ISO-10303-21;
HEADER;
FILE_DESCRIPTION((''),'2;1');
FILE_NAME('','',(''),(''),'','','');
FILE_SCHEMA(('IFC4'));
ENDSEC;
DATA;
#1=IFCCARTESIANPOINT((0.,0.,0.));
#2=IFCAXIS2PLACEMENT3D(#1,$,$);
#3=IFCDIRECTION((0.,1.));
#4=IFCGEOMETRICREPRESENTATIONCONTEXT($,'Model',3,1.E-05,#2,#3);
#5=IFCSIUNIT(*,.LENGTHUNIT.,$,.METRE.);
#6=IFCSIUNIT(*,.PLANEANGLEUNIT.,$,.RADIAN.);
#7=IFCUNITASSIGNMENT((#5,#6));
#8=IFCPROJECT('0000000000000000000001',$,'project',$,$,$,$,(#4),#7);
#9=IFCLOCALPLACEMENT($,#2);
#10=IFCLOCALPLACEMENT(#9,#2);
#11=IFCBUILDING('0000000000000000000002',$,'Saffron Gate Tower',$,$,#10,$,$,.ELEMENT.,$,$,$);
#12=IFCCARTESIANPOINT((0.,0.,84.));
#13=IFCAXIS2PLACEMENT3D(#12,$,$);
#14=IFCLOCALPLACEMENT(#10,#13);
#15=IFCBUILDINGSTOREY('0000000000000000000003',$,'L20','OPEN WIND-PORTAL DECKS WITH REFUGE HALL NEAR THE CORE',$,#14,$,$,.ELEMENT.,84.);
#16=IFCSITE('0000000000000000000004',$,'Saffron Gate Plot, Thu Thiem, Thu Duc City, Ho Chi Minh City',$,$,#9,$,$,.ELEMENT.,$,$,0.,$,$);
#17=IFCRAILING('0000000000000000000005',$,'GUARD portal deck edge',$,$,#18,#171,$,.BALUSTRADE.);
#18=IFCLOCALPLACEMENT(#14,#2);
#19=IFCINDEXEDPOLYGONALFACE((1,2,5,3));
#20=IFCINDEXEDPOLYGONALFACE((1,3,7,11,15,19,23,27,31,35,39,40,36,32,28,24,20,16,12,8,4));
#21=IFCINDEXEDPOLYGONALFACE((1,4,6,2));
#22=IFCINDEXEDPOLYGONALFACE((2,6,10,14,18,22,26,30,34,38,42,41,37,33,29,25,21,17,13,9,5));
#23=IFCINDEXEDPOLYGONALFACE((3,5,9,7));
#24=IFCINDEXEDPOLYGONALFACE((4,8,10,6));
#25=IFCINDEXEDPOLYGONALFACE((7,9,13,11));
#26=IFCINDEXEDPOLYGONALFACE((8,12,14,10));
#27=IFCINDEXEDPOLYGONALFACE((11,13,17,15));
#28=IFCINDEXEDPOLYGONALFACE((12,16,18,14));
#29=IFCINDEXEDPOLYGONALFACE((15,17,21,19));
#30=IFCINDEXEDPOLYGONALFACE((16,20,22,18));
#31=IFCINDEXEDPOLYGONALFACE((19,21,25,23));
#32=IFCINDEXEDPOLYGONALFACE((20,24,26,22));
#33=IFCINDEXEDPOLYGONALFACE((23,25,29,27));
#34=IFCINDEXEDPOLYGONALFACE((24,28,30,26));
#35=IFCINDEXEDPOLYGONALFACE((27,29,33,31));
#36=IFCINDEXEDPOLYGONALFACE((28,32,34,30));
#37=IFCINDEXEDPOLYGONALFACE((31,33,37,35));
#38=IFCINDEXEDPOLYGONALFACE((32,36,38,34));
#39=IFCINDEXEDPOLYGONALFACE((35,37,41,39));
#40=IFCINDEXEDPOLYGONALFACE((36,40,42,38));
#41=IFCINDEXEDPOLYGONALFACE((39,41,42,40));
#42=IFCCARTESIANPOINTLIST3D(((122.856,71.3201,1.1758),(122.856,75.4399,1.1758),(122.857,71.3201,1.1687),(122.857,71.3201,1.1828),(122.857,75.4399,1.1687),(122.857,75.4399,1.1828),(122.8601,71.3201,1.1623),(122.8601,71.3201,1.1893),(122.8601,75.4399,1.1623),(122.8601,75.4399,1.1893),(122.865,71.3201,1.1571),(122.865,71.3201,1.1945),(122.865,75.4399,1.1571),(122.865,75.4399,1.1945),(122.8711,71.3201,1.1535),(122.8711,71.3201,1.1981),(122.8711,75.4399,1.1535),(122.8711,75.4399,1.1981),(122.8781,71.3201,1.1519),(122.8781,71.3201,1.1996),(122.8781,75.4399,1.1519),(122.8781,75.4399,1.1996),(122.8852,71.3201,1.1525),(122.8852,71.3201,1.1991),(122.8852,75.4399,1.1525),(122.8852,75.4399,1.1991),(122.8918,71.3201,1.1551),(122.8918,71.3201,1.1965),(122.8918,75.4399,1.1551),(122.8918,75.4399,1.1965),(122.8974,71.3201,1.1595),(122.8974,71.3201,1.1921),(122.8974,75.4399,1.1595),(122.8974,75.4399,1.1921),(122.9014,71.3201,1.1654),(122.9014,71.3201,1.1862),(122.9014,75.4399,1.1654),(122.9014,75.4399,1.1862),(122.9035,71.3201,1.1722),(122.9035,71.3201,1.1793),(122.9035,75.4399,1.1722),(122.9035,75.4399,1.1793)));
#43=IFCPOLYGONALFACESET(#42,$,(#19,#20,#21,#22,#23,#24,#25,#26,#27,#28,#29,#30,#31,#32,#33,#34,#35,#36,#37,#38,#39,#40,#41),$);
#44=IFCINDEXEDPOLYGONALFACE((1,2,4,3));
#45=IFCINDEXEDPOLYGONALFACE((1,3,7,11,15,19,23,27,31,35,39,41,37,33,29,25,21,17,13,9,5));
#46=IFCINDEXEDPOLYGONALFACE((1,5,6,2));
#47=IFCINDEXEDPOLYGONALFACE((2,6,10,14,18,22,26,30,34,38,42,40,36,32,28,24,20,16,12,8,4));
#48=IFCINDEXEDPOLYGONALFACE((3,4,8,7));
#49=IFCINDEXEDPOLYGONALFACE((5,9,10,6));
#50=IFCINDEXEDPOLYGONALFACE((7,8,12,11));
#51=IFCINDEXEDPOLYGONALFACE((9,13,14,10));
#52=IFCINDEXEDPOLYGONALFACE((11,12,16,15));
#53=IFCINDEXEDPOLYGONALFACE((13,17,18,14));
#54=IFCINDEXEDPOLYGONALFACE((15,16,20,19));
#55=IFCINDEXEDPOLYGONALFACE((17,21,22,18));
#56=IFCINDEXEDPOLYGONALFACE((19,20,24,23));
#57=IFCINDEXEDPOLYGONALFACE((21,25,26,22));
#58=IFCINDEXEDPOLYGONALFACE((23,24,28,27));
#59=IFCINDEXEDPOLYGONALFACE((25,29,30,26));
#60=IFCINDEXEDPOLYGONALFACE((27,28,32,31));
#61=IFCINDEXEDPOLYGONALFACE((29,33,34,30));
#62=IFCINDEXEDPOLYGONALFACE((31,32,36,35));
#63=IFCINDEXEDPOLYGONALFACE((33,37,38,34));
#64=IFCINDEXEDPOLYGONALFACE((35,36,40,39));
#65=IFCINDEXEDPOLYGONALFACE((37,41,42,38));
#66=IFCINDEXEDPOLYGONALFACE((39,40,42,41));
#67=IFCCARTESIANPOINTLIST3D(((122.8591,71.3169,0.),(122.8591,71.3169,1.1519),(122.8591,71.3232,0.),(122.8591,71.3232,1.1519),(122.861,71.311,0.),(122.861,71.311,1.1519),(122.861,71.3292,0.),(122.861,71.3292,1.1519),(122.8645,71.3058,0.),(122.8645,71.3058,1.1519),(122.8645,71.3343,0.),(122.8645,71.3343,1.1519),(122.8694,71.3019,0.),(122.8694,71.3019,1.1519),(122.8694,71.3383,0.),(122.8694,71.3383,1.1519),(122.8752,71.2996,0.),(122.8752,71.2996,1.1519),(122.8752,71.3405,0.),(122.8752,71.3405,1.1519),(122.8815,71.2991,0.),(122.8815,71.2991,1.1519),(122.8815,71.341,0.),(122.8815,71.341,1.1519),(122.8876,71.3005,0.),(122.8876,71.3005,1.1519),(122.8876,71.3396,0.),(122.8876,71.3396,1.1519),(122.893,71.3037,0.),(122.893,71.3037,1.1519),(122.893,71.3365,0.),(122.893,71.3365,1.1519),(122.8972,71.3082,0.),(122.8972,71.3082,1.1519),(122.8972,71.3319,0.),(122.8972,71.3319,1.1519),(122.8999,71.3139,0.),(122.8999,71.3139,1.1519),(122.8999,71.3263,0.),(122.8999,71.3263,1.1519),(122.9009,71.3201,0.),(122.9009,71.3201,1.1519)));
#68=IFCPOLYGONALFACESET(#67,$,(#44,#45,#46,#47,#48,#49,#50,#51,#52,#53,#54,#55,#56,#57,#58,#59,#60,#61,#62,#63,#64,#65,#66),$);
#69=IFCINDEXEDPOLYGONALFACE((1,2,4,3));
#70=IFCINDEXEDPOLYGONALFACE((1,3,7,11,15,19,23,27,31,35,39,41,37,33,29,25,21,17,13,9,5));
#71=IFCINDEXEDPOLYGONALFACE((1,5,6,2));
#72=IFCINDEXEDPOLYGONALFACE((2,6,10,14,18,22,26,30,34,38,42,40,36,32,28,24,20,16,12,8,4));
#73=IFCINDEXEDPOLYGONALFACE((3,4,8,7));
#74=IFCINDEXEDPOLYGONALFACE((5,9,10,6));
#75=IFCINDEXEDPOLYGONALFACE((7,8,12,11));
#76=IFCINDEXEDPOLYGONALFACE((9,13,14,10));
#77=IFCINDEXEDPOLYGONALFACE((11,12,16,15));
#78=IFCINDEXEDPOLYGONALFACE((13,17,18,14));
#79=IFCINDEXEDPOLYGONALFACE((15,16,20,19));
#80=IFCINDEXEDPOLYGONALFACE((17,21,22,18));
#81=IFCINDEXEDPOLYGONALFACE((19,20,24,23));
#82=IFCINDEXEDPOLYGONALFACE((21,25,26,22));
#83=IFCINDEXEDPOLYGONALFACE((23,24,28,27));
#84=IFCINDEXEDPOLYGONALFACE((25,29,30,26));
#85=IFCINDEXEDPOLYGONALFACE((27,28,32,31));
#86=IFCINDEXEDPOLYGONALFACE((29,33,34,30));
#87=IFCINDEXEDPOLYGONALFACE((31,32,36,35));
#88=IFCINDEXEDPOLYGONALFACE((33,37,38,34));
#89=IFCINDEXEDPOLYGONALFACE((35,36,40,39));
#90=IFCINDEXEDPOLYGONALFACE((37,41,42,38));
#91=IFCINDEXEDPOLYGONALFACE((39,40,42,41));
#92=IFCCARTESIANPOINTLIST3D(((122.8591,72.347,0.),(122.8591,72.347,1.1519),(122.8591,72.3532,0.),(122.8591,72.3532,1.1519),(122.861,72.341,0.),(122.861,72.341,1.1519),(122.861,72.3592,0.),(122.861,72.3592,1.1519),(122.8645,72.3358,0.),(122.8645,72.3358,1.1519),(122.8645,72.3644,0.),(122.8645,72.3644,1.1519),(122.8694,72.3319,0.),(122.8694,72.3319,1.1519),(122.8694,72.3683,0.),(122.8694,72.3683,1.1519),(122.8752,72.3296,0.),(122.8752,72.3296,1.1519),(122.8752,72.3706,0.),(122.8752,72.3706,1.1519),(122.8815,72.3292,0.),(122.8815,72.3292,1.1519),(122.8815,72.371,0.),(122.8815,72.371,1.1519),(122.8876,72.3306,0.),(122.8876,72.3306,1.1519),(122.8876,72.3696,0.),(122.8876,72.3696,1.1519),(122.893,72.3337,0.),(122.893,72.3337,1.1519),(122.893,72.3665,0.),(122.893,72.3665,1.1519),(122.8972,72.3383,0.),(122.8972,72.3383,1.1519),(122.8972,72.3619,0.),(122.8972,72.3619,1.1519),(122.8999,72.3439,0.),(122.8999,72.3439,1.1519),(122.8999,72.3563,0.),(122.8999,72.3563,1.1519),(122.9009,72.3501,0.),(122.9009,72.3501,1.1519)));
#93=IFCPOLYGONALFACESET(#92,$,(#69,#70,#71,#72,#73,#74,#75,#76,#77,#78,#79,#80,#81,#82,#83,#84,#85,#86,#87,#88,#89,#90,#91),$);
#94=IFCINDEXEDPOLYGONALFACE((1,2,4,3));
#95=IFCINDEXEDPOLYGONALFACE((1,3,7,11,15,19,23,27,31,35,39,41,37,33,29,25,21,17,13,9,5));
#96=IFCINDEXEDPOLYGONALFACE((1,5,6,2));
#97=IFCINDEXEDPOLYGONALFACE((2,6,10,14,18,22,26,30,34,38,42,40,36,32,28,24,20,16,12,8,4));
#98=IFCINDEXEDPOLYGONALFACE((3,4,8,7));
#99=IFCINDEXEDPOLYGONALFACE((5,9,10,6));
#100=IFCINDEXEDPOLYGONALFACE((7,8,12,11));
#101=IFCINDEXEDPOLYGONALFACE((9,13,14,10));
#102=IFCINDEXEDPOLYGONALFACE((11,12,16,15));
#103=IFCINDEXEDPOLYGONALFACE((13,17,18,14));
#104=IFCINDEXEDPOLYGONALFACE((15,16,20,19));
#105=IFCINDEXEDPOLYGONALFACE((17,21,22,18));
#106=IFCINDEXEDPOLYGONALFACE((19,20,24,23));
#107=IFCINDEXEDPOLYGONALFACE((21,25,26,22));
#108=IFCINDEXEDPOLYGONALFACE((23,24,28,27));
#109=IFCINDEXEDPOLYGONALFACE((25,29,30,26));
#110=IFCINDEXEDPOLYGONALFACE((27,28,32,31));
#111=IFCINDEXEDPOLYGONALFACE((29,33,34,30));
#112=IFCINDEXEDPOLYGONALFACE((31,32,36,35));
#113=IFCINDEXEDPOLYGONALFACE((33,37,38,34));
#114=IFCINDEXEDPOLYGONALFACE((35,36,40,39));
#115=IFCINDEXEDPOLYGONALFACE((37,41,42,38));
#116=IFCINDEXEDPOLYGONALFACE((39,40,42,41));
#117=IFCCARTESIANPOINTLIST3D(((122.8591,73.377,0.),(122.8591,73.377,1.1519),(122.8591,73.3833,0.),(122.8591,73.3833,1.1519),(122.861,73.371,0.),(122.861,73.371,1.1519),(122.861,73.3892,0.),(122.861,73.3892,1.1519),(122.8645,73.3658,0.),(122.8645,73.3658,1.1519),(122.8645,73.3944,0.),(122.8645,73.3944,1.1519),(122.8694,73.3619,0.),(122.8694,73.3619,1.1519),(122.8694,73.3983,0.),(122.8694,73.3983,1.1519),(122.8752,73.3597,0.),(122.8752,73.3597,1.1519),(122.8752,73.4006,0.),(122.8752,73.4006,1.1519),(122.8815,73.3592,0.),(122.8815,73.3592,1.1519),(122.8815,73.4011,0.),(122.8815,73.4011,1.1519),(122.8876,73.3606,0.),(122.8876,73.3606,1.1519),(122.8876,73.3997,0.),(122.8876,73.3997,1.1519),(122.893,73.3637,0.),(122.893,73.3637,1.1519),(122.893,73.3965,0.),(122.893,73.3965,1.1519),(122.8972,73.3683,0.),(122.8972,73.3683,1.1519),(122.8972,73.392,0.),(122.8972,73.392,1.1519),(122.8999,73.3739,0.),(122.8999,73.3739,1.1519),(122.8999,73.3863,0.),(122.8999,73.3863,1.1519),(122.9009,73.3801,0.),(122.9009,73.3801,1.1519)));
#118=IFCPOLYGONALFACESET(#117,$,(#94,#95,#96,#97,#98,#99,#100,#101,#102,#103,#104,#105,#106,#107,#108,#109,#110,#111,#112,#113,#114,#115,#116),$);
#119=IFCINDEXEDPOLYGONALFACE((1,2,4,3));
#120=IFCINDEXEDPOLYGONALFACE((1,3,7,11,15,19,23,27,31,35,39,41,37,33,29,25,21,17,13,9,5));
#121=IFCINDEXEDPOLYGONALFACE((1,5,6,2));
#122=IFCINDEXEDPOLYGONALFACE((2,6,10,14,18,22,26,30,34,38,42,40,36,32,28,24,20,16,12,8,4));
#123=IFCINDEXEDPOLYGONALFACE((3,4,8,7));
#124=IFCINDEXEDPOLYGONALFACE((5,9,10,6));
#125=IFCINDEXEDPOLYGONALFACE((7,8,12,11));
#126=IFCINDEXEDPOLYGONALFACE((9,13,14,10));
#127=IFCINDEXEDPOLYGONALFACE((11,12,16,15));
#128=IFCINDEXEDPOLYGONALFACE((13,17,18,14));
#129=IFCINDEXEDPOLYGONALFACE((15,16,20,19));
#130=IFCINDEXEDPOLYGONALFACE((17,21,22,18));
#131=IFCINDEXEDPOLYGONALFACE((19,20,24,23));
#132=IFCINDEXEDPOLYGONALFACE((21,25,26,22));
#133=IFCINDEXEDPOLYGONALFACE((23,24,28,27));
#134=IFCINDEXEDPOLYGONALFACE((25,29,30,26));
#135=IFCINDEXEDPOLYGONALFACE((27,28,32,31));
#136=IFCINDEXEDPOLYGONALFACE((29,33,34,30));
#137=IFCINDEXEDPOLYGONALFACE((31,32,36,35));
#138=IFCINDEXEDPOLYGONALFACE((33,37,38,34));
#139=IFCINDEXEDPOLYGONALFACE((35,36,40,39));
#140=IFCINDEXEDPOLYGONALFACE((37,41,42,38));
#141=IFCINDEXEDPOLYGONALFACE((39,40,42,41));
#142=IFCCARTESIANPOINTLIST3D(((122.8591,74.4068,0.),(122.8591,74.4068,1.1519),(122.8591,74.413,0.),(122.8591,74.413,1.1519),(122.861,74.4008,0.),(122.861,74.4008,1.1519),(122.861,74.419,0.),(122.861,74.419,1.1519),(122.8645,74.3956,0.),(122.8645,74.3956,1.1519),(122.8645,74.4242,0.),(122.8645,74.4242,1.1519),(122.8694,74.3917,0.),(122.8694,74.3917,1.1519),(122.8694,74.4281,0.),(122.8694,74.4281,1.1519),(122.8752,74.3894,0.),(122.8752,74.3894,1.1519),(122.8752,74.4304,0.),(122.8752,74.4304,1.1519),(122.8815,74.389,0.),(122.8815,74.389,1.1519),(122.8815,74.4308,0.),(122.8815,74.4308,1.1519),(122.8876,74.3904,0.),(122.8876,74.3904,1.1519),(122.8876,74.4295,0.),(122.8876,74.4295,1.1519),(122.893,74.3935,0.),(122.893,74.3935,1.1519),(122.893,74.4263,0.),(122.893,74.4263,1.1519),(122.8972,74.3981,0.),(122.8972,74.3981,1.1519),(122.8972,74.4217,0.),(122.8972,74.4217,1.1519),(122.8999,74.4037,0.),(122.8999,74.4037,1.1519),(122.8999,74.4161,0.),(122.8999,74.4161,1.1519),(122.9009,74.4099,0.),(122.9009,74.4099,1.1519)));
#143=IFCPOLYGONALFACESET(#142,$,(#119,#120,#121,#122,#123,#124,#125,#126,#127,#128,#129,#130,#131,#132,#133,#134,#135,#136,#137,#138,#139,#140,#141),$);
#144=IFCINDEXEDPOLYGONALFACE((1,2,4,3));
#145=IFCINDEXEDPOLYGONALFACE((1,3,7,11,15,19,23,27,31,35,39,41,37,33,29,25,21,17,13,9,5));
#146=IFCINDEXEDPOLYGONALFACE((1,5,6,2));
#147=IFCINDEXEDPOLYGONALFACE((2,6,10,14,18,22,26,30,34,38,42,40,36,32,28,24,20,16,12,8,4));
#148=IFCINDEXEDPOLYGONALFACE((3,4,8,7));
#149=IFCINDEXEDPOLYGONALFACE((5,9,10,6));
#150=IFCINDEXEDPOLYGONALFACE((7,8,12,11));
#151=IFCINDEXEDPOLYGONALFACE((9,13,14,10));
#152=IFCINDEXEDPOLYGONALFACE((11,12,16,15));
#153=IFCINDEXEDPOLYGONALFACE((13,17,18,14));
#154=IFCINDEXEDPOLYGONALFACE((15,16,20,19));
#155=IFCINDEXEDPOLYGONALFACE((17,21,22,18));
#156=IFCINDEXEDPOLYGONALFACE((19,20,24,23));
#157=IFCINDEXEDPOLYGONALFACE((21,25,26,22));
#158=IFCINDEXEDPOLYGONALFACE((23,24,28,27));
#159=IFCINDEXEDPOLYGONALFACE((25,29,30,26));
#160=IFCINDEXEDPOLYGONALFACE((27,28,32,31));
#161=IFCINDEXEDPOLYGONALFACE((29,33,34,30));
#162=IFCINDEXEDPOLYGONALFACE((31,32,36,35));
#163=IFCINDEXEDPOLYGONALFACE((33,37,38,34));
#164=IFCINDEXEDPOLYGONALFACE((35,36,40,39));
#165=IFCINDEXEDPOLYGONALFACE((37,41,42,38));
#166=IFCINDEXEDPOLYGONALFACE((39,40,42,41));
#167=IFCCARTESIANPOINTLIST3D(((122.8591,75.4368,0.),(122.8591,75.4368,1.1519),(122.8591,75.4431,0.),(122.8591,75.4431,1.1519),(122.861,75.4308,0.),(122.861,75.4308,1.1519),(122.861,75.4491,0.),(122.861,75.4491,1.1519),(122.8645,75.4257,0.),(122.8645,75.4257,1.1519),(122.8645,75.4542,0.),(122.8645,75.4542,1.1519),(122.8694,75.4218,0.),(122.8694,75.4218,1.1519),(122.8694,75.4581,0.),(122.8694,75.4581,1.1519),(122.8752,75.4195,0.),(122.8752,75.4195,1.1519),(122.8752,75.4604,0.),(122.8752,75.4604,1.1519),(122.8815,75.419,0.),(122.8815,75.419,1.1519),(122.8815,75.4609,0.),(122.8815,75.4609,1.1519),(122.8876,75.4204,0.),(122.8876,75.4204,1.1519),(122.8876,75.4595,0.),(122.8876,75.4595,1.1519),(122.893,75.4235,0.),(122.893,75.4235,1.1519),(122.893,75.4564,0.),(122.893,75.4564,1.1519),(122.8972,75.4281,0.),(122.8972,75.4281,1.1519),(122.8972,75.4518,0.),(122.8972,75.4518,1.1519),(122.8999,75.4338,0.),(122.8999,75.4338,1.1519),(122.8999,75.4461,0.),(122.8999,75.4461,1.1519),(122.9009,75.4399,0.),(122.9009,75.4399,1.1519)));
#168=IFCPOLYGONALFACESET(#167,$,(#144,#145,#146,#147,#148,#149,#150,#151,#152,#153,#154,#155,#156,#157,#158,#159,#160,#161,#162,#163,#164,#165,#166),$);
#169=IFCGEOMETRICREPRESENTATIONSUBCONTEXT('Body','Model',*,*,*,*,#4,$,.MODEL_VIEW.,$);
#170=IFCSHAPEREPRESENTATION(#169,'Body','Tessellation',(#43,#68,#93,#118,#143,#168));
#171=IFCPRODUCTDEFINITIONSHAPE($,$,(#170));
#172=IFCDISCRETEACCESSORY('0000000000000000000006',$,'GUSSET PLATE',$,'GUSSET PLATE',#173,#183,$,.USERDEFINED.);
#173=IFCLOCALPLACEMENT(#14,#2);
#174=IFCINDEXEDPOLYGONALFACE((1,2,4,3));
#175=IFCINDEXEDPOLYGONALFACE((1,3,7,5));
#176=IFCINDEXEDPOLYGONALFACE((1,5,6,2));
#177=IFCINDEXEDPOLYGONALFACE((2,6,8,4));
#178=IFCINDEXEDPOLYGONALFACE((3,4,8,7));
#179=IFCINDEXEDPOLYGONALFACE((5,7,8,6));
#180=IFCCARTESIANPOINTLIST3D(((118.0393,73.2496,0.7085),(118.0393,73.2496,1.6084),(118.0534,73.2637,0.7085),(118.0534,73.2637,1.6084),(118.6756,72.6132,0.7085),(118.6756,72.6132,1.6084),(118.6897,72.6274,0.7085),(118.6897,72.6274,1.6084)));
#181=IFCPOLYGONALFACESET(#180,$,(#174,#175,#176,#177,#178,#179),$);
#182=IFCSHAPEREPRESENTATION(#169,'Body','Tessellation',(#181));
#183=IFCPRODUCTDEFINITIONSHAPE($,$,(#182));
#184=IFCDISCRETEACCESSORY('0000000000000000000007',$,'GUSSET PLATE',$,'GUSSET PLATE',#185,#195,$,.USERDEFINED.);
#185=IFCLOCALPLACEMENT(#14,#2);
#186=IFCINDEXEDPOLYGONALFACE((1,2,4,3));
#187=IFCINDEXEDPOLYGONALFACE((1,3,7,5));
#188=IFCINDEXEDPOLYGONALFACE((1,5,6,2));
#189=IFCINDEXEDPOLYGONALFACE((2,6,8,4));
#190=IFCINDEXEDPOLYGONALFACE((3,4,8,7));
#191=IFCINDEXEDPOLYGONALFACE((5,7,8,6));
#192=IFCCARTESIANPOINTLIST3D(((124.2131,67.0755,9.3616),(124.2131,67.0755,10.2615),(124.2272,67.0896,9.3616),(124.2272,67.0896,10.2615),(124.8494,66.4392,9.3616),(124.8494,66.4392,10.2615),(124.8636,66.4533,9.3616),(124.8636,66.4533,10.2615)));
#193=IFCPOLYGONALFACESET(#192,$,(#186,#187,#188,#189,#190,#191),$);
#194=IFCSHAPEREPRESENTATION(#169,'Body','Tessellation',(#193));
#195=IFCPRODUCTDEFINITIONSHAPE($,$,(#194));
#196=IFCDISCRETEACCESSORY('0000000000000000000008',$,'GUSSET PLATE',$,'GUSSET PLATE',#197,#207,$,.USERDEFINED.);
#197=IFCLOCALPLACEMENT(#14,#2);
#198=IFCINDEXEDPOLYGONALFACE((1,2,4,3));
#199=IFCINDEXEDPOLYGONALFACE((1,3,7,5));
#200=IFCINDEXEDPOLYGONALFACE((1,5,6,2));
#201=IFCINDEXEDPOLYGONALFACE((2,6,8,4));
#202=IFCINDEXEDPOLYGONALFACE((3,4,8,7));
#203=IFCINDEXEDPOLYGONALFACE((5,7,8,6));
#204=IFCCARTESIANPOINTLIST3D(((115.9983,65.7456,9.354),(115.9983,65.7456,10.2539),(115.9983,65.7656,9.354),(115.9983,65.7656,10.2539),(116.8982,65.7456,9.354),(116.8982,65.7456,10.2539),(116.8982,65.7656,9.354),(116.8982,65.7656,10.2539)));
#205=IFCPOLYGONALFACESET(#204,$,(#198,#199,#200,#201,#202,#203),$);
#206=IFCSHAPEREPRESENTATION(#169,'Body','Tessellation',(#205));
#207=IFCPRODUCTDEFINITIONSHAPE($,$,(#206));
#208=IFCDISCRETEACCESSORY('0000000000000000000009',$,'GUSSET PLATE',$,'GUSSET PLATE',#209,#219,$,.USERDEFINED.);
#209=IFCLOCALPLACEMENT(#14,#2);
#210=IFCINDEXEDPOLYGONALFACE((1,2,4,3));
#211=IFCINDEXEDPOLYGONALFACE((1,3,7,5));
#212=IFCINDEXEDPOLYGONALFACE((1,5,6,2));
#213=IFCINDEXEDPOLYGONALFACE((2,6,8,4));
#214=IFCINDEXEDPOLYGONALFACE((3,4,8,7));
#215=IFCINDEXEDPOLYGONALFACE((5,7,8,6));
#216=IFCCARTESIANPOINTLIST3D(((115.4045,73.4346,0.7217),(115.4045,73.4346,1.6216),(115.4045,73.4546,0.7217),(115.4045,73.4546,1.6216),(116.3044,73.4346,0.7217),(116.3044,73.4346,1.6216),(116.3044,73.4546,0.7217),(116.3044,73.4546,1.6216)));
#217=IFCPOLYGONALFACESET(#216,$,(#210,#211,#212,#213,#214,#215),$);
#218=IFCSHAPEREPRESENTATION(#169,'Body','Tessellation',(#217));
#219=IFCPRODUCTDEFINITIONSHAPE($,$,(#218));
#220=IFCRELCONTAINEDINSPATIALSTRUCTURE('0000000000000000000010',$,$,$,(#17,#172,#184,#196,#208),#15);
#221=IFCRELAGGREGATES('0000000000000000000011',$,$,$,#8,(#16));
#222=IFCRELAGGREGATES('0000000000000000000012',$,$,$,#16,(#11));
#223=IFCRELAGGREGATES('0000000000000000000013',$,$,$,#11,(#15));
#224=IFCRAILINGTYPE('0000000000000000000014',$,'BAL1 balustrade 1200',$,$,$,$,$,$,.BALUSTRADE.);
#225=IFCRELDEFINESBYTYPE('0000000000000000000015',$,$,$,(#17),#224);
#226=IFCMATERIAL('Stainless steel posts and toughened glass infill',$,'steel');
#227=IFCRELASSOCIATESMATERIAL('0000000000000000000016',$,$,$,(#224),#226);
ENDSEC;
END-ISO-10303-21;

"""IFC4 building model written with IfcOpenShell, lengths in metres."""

from ifc_helpers import new_model, si_unit, direction, frame, origin, origin_2d, place, context, subcontext, project, spatial, rectangle, circle, extrude, material, type_object, element, save


model = new_model("IFC4")

# Units and contexts
model_context = context("Model", 3, precision=1e-05, world=origin(), true_north=direction((0.0, 1.0)))
body_context = subcontext(model_context, "Body", "Model", "MODEL_VIEW")
ifc_project = project(units=[si_unit("LENGTHUNIT", "METRE"), si_unit("PLANEANGLEUNIT", "RADIAN")], contexts=[model_context])

# Site, building, storey
site_placement = place(None, origin())
site = spatial("IfcSite", under=ifc_project, at=site_placement, Name="Saffron Gate Plot, Thu Thiem, Thu Duc City, Ho Chi Minh City", CompositionType="ELEMENT", RefElevation=0.0)
building_placement = place(site_placement, origin())
building = spatial("IfcBuilding", under=site, at=building_placement, Name="Saffron Gate Tower", CompositionType="ELEMENT")
storey_placement = place(building_placement, frame((0.0, 0.0, 84.0)))
storey = spatial("IfcBuildingStorey", under=building, at=storey_placement, Name="L20", Description="OPEN WIND-PORTAL DECKS WITH REFUGE HALL NEAR THE CORE", CompositionType="ELEMENT", Elevation=84.0)

# Railing
ifc_material_1 = material(Name="Stainless steel posts and toughened glass infill", Category="steel")
railing_type = type_object("IfcRailingType", Name="BAL1 balustrade 1200", PredefinedType="BALUSTRADE", material=ifc_material_1)
railing_1_placement = place(storey_placement, frame((122.8799, 71.3201, 0.0)))
element("IfcRailing", 1, at=railing_1_placement, inside=storey, type_object=railing_type, Name="GUARD portal deck edge", PredefinedType="BALUSTRADE", context=body_context, shape_type="SweptSolid", body=[
    extrude(circle(Radius=0.0239, at=origin_2d()), frame((0.0, 0.0, 1.1758), z_axis=(0.0, 1.0, 0.0), x_axis=(-1.0, 0.0, 0.0)), (0.0, 0.0, 1.0), 4.1199),
    extrude(circle(Radius=0.021, at=origin_2d()), origin(), (0.0, 0.0, 1.0), 1.1519),
    extrude(circle(Radius=0.021, at=origin_2d()), frame((0.0, 1.03, 0.0)), (0.0, 0.0, 1.0), 1.1519),
    extrude(circle(Radius=0.021, at=origin_2d()), frame((0.0, 2.0601, 0.0)), (0.0, 0.0, 1.0), 1.1519),
    extrude(circle(Radius=0.021, at=origin_2d()), frame((0.0, 3.0898, 0.0)), (0.0, 0.0, 1.0), 1.1519),
    extrude(circle(Radius=0.021, at=origin_2d()), frame((0.0, 4.1199, 0.0)), (0.0, 0.0, 1.0), 1.1519),
])

# Discrete accessories
for number, where, z_axis, x_axis, name in (
    (2, (118.3645, 72.9385, 0.7085), (0.0, 0.0, 1.0), (0.707107, -0.707107, 0.0), "GUSSET PLATE"),
    (3, (124.5383, 66.7644, 9.3616), (0.0, 0.0, 1.0), (0.707107, -0.707107, 0.0), "GUSSET PLATE"),
    (4, (116.4482, 65.7556, 9.354), (0.0, 0.0, 1.0), (1.0, 0.0, 0.0), "GUSSET PLATE"),
    (5, (115.8545, 73.4446, 0.7217), (0.0, 0.0, 1.0), (-1.0, 0.0, 0.0), "GUSSET PLATE"),
):
    element("IfcDiscreteAccessory", number, at=place(storey_placement, frame(where, z_axis=z_axis, x_axis=x_axis)), inside=storey, Name=name, ObjectType="GUSSET PLATE", PredefinedType="USERDEFINED", context=body_context, shape_type="SweptSolid", body=[
        extrude(rectangle(XDim=0.8999, YDim=0.02, at=origin_2d()), origin(), (0.0, 0.0, 1.0), 0.8999),
    ])

save(model, "model.ifc")
